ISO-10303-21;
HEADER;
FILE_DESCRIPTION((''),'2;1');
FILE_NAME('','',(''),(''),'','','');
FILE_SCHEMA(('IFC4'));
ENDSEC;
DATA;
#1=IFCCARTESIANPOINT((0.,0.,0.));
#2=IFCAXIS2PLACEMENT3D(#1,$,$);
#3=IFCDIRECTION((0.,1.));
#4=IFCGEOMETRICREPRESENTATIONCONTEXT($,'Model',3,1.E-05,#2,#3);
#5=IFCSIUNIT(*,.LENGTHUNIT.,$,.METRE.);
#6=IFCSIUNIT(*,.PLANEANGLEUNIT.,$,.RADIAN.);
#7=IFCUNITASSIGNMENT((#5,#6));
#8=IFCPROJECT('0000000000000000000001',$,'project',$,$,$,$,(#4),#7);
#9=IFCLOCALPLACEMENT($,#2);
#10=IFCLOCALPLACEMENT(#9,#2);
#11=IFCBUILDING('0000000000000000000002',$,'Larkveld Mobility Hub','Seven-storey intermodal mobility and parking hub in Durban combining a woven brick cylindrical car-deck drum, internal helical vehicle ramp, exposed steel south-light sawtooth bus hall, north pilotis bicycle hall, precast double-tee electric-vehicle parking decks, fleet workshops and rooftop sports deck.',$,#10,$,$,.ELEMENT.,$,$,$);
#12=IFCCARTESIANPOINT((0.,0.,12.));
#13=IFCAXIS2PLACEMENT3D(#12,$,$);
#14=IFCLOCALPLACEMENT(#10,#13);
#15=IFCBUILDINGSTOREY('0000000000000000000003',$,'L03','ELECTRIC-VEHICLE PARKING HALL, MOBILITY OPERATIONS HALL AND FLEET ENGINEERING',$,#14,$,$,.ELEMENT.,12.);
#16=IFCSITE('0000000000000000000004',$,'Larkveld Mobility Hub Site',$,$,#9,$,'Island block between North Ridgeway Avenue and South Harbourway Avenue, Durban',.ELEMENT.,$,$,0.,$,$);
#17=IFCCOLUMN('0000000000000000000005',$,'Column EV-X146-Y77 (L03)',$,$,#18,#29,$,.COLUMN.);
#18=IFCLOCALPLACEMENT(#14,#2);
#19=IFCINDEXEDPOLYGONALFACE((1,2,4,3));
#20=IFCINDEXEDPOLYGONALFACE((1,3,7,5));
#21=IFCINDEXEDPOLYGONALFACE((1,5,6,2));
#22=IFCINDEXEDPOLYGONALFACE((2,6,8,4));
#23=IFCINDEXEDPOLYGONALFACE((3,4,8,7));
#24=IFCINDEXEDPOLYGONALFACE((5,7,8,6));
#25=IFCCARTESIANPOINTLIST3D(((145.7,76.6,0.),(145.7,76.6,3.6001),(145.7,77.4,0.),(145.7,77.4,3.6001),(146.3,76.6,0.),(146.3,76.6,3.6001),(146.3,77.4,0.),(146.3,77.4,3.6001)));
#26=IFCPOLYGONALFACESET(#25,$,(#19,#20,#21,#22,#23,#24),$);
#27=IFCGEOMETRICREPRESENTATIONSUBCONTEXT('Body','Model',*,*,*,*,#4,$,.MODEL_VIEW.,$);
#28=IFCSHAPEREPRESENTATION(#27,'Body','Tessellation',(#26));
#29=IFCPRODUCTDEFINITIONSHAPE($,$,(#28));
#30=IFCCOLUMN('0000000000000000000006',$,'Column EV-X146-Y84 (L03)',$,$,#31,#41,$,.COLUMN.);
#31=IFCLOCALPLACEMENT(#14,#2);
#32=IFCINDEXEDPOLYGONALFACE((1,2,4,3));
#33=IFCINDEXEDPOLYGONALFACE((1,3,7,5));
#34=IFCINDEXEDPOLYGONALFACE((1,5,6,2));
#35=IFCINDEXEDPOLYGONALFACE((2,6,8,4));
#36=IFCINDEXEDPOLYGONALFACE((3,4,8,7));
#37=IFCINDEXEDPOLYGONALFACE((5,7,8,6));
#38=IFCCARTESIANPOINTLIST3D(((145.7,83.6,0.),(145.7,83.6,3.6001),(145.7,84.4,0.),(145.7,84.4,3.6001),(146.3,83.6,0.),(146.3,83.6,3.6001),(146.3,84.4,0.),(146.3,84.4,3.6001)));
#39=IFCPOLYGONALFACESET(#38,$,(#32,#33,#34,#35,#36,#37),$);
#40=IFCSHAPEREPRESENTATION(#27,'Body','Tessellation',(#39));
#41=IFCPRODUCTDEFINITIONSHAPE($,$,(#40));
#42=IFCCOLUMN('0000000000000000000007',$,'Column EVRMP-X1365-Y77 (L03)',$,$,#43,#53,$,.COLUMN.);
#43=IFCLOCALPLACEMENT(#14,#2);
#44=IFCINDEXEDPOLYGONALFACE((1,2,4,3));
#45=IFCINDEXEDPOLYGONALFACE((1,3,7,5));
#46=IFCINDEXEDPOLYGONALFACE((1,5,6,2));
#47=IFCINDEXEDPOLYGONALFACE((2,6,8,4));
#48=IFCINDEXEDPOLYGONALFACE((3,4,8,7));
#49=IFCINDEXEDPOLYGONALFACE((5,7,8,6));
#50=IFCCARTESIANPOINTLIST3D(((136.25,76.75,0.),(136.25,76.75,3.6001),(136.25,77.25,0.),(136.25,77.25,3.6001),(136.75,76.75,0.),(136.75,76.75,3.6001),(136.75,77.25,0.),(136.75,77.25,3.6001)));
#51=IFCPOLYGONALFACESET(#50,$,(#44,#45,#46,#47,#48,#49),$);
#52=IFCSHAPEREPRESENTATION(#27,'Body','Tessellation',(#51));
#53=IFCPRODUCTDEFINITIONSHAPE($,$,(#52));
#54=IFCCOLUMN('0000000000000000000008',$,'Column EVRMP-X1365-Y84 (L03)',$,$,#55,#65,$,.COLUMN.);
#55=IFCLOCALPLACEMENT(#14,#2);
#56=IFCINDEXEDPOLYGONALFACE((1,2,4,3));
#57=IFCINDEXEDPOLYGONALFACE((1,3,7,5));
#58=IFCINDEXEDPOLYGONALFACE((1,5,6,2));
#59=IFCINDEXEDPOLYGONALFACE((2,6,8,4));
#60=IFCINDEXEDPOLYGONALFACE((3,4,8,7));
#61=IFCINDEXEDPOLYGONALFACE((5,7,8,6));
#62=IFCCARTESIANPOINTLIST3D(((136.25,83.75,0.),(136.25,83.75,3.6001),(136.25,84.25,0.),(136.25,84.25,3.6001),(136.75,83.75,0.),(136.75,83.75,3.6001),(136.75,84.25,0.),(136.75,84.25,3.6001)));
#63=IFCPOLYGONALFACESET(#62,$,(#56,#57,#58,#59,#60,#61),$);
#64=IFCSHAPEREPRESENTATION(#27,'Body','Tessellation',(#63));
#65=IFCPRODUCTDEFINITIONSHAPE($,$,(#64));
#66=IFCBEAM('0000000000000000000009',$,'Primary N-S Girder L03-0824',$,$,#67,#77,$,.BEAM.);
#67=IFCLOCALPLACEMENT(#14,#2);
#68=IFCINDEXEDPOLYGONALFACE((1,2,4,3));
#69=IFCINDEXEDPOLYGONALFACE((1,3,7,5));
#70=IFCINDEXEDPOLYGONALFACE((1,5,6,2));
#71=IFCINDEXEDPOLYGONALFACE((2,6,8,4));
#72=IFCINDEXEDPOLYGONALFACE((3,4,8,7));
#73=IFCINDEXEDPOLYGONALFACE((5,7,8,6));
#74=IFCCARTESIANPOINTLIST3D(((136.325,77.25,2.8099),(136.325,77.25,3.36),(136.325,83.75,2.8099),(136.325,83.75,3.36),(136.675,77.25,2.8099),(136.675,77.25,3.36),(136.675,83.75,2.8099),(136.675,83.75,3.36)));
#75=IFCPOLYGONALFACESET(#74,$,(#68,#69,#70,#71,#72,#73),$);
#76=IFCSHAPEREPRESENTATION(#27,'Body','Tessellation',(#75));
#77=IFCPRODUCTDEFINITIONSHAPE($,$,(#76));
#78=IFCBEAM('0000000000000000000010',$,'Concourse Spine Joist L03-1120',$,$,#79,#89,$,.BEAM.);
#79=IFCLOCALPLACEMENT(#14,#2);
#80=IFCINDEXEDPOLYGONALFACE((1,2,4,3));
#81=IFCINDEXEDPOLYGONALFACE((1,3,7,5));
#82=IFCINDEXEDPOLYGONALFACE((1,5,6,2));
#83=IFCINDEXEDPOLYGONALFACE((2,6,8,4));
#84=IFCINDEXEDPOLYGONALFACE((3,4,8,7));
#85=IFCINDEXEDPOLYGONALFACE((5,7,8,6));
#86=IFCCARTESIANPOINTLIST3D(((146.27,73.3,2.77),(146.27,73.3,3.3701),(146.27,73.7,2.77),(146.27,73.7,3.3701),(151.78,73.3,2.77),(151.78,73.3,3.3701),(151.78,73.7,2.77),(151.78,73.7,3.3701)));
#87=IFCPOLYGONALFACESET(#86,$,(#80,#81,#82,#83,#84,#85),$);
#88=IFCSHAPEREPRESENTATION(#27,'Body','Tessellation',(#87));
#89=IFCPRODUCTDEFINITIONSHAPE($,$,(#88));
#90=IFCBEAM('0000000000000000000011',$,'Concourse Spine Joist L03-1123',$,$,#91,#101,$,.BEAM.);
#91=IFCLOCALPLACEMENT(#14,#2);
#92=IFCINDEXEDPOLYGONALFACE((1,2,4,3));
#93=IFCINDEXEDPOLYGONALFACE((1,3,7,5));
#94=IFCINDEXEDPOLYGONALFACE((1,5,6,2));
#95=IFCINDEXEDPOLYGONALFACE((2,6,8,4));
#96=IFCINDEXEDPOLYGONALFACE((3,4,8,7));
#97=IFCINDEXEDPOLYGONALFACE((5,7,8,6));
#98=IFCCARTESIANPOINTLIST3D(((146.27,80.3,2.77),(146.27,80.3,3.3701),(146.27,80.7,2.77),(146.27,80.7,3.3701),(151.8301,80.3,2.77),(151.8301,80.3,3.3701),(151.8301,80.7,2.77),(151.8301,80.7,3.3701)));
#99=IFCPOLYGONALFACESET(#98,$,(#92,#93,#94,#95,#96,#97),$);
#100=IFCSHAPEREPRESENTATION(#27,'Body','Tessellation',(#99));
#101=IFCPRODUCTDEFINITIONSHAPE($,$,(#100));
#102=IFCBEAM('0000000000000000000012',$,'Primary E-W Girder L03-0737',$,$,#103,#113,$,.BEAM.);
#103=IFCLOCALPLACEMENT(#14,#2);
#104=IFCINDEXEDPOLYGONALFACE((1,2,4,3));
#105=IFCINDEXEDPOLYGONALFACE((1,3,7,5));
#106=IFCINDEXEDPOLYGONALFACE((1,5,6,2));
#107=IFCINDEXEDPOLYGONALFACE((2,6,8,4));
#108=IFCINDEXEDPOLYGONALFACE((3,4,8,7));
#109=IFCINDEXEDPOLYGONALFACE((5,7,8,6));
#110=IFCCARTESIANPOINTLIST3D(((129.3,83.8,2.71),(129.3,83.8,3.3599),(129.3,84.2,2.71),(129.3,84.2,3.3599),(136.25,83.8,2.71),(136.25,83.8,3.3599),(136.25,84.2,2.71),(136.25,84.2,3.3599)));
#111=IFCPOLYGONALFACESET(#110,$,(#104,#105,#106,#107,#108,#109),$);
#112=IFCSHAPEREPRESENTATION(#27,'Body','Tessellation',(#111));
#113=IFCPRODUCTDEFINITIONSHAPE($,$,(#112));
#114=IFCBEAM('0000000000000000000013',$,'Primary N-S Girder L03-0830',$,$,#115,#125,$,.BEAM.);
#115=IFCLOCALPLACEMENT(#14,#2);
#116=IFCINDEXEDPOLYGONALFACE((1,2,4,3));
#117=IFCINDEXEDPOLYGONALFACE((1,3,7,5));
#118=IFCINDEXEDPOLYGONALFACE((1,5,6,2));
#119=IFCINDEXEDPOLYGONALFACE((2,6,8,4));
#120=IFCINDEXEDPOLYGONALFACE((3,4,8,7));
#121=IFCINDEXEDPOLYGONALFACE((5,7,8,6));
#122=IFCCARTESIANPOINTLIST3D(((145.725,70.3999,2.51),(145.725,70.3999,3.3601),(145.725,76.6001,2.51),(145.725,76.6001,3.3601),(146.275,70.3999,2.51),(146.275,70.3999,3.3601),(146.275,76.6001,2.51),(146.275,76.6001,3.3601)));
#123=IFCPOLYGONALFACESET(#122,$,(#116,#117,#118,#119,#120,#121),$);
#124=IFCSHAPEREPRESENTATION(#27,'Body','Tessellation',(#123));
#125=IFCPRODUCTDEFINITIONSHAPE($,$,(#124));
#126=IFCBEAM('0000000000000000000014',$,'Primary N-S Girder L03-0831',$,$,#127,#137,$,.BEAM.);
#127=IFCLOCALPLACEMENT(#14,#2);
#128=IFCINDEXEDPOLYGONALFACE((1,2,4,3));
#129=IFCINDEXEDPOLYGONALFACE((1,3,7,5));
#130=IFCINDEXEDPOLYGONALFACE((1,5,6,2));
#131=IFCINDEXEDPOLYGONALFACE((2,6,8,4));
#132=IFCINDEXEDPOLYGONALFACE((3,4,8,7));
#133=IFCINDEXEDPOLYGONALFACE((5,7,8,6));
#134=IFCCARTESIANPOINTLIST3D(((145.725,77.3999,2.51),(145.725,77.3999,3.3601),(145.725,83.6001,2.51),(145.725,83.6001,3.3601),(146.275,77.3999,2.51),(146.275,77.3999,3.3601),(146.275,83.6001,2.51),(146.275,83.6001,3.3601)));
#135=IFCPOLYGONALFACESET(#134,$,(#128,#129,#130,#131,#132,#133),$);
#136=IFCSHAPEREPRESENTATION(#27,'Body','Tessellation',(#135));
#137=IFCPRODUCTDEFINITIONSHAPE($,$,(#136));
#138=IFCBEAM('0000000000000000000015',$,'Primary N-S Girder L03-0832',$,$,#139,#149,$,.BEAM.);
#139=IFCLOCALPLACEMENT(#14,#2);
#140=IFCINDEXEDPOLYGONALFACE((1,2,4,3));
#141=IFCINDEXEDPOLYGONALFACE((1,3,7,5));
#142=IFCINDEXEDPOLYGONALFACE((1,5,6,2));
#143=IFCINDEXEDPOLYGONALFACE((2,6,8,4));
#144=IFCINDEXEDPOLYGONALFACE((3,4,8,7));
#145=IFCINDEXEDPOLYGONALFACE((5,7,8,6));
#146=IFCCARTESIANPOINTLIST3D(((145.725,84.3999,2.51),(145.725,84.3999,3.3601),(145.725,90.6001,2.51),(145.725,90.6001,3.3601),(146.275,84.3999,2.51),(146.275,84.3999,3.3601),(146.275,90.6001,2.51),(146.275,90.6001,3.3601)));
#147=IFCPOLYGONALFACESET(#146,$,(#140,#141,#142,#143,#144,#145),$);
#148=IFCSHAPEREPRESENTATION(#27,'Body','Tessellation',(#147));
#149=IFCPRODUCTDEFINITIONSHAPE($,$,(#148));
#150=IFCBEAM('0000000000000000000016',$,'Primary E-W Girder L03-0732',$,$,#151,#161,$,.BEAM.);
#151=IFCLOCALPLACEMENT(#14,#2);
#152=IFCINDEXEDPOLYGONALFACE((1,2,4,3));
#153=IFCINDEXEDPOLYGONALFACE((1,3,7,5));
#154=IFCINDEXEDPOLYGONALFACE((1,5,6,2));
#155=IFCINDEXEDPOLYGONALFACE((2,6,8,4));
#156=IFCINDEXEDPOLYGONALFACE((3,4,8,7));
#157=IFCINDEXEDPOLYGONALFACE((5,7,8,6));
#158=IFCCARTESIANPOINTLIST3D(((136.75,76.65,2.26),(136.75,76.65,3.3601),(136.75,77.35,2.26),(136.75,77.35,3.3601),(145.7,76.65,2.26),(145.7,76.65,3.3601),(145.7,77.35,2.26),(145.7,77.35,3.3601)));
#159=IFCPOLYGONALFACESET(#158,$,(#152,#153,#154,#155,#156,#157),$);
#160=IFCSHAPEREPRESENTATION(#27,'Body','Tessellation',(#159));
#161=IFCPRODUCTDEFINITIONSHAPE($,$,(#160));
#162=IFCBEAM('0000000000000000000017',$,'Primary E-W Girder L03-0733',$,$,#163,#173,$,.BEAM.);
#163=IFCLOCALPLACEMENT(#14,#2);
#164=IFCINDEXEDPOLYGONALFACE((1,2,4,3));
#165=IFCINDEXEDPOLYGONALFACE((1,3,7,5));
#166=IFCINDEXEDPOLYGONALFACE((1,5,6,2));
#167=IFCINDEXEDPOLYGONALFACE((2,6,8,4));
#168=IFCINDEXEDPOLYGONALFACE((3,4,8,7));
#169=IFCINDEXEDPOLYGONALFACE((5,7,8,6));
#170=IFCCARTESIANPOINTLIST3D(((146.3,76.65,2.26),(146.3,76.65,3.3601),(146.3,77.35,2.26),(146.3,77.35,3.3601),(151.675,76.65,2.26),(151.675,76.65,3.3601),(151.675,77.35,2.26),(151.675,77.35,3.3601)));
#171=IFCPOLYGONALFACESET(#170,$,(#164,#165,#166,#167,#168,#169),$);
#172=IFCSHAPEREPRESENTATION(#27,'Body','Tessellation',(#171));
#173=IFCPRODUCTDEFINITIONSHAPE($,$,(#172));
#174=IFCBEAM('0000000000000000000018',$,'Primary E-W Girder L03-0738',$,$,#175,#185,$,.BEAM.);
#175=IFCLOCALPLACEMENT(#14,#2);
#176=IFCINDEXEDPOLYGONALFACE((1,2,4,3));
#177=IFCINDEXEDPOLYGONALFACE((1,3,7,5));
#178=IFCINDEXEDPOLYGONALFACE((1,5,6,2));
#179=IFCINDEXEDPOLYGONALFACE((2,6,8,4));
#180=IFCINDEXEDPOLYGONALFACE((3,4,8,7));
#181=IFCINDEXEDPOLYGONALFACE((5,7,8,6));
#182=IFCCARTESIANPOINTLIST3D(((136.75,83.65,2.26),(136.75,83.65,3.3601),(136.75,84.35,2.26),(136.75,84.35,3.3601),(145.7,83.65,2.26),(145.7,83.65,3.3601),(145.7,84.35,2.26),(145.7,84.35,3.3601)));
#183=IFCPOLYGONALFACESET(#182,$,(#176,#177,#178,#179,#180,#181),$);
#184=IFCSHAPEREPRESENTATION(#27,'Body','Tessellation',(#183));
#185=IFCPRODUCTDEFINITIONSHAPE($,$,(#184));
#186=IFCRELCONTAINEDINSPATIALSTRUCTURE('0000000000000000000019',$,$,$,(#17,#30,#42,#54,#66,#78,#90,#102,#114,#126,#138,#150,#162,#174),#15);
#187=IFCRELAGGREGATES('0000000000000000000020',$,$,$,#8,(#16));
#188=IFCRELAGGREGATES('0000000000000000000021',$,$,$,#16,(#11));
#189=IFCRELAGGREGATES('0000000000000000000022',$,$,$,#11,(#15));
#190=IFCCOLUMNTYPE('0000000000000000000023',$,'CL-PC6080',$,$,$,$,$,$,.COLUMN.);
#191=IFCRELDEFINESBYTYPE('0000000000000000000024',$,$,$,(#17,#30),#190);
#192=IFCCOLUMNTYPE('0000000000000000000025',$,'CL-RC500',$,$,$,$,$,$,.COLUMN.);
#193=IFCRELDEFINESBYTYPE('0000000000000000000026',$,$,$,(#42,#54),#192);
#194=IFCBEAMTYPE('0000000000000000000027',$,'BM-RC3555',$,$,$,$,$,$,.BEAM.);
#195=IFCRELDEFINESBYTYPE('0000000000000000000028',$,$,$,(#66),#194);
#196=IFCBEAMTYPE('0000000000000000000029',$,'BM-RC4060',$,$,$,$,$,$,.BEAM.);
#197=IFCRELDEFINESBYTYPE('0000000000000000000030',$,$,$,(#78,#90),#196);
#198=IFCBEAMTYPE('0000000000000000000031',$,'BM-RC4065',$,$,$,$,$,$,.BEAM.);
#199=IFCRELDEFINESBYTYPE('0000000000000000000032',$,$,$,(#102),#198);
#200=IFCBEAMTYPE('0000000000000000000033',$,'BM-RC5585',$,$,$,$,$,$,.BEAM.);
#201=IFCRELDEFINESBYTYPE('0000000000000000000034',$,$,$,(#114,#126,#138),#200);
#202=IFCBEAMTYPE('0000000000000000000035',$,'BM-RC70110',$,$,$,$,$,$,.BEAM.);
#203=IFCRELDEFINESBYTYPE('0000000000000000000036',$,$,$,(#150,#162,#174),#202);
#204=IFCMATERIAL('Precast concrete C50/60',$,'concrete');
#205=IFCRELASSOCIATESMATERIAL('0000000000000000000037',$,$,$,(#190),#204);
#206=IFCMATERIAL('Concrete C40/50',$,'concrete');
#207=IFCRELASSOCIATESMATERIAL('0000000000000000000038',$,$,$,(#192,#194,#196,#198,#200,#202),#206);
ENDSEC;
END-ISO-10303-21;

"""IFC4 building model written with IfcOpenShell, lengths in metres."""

from ifc_helpers import new_model, si_unit, direction, frame, origin, origin_2d, place, context, subcontext, project, spatial, rectangle, extrude, material, material_profile, profile_set, type_object, element, save


model = new_model("IFC4")

# Units and contexts
model_context = context("Model", 3, precision=1e-05, world=origin(), true_north=direction((0.0, 1.0)))
body_context = subcontext(model_context, "Body", "Model", "MODEL_VIEW")
ifc_project = project(units=[si_unit("LENGTHUNIT", "METRE"), si_unit("PLANEANGLEUNIT", "RADIAN")], contexts=[model_context])

# Site, building, storey
site_placement = place(None, origin())
site = spatial("IfcSite", under=ifc_project, at=site_placement, Name="Larkveld Mobility Hub Site", LongName="Island block between North Ridgeway Avenue and South Harbourway Avenue, Durban", CompositionType="ELEMENT", RefElevation=0.0)
building_placement = place(site_placement, origin())
building = spatial("IfcBuilding", under=site, at=building_placement, Name="Larkveld Mobility Hub", Description="Seven-storey intermodal mobility and parking hub in Durban combining a woven brick cylindrical car-deck drum, internal helical vehicle ramp, exposed steel south-light sawtooth bus hall, north pilotis bicycle hall, precast double-tee electric-vehicle parking decks, fleet workshops and rooftop sports deck.", CompositionType="ELEMENT")
storey_placement = place(building_placement, frame((0.0, 0.0, 12.0)))
storey = spatial("IfcBuildingStorey", under=building, at=storey_placement, Name="L03", Description="ELECTRIC-VEHICLE PARKING HALL, MOBILITY OPERATIONS HALL AND FLEET ENGINEERING", CompositionType="ELEMENT", Elevation=12.0)

# Columns
ifc_material_1 = material(Name="Precast concrete C50/60", Category="concrete")
ifc_material_profile_1 = material_profile(ifc_material_1, rectangle(XDim=0.6001, YDim=0.8, at=origin_2d()), Name="RC COL 600x800")
ifc_profile_set_1 = profile_set([ifc_material_profile_1], Name="Precast concrete C50/60")
column_type_1 = type_object("IfcColumnType", Name="CL-PC6080", PredefinedType="COLUMN", material=ifc_profile_set_1)
for number, where, z_axis, x_axis, name in (
    (1, (146.0, 77.0, 0.0), (0.0, 0.0, 1.0), (1.0, 0.0, 0.0), "Column EV-X146-Y77 (L03)"),
    (2, (146.0, 84.0, 0.0), (0.0, 0.0, 1.0), (1.0, 0.0, 0.0), "Column EV-X146-Y84 (L03)"),
):
    element("IfcColumn", number, at=place(storey_placement, frame(where, z_axis=z_axis, x_axis=x_axis)), inside=storey, type_object=column_type_1, Name=name, PredefinedType="COLUMN", context=body_context, shape_type="SweptSolid", body=[
        extrude(rectangle(XDim=0.6001, YDim=0.8, at=origin_2d()), origin(), (0.0, 0.0, 1.0), 3.6001),
    ])
ifc_material_2 = material(Name="Concrete C40/50", Category="concrete")
ifc_material_profile_2 = material_profile(ifc_material_2, rectangle(XDim=0.5, YDim=0.5, at=origin_2d()), Name="RC COL 500x500")
ifc_profile_set_2 = profile_set([ifc_material_profile_2], Name="Concrete C40/50")
column_type_2 = type_object("IfcColumnType", Name="CL-RC500", PredefinedType="COLUMN", material=ifc_profile_set_2)
for number, where, z_axis, x_axis, name in (
    (3, (136.5, 77.0, 0.0), (0.0, 0.0, 1.0), (1.0, 0.0, 0.0), "Column EVRMP-X1365-Y77 (L03)"),
    (4, (136.5, 84.0, 0.0), (0.0, 0.0, 1.0), (1.0, 0.0, 0.0), "Column EVRMP-X1365-Y84 (L03)"),
):
    element("IfcColumn", number, at=place(storey_placement, frame(where, z_axis=z_axis, x_axis=x_axis)), inside=storey, type_object=column_type_2, Name=name, PredefinedType="COLUMN", context=body_context, shape_type="SweptSolid", body=[
        extrude(rectangle(XDim=0.5, YDim=0.5, at=origin_2d()), origin(), (0.0, 0.0, 1.0), 3.6001),
    ])

# Beams
ifc_material_profile_3 = material_profile(ifc_material_2, rectangle(XDim=0.3501, YDim=0.55, at=origin_2d()), Name="RC BM 350x550")
ifc_profile_set_3 = profile_set([ifc_material_profile_3], Name="Concrete C40/50")
beam_type_1 = type_object("IfcBeamType", Name="BM-RC3555", PredefinedType="BEAM", material=ifc_profile_set_3)
beam_1_placement = place(storey_placement, frame((136.5, 77.25, 3.085), z_axis=(0.0, 1.0, 0.0), x_axis=(-1.0, 0.0, 0.0)))
element("IfcBeam", 5, at=beam_1_placement, inside=storey, type_object=beam_type_1, Name="Primary N-S Girder L03-0824", PredefinedType="BEAM", context=body_context, shape_type="SweptSolid", body=[
    extrude(rectangle(XDim=0.3501, YDim=0.55, at=origin_2d()), origin(), (0.0, 0.0, 1.0), 6.5),
])
ifc_material_profile_4 = material_profile(ifc_material_2, rectangle(XDim=0.3999, YDim=0.6001, at=origin_2d()), Name="RC BM 400x600")
ifc_profile_set_4 = profile_set([ifc_material_profile_4], Name="Concrete C40/50")
beam_type_2 = type_object("IfcBeamType", Name="BM-RC4060", PredefinedType="BEAM", material=ifc_profile_set_4)
beam_2_placement = place(storey_placement, frame((146.27, 73.5, 3.0701), z_axis=(1.0, 0.0, 0.0), x_axis=(0.0, 1.0, 0.0)))
element("IfcBeam", 6, at=beam_2_placement, inside=storey, type_object=beam_type_2, Name="Concourse Spine Joist L03-1120", PredefinedType="BEAM", context=body_context, shape_type="SweptSolid", body=[
    extrude(rectangle(XDim=0.3999, YDim=0.6001, at=origin_2d()), origin(), (0.0, 0.0, 1.0), 5.51),
])
beam_3_placement = place(storey_placement, frame((146.27, 80.5, 3.0701), z_axis=(1.0, 0.0, 0.0), x_axis=(0.0, 1.0, 0.0)))
element("IfcBeam", 7, at=beam_3_placement, inside=storey, type_object=beam_type_2, Name="Concourse Spine Joist L03-1123", PredefinedType="BEAM", context=body_context, shape_type="SweptSolid", body=[
    extrude(rectangle(XDim=0.3999, YDim=0.6001, at=origin_2d()), origin(), (0.0, 0.0, 1.0), 5.5601),
])
ifc_material_profile_5 = material_profile(ifc_material_2, rectangle(XDim=0.3999, YDim=0.6499, at=origin_2d()), Name="RC BM 400x650")
ifc_profile_set_5 = profile_set([ifc_material_profile_5], Name="Concrete C40/50")
beam_type_3 = type_object("IfcBeamType", Name="BM-RC4065", PredefinedType="BEAM", material=ifc_profile_set_5)
beam_4_placement = place(storey_placement, frame((129.3, 84.0, 3.0349), z_axis=(1.0, 0.0, 0.0), x_axis=(0.0, 1.0, 0.0)))
element("IfcBeam", 8, at=beam_4_placement, inside=storey, type_object=beam_type_3, Name="Primary E-W Girder L03-0737", PredefinedType="BEAM", context=body_context, shape_type="SweptSolid", body=[
    extrude(rectangle(XDim=0.3999, YDim=0.6499, at=origin_2d()), origin(), (0.0, 0.0, 1.0), 6.95),
])
ifc_material_profile_6 = material_profile(ifc_material_2, rectangle(XDim=0.55, YDim=0.8501, at=origin_2d()), Name="RC BM 550x850")
ifc_profile_set_6 = profile_set([ifc_material_profile_6], Name="Concrete C40/50")
beam_type_4 = type_object("IfcBeamType", Name="BM-RC5585", PredefinedType="BEAM", material=ifc_profile_set_6)
for number, where, z_axis, x_axis, name in (
    (9, (146.0, 70.3999, 2.9351), (0.0, 1.0, 0.0), (-1.0, 0.0, 0.0), "Primary N-S Girder L03-0830"),
    (10, (146.0, 77.3999, 2.9351), (0.0, 1.0, 0.0), (-1.0, 0.0, 0.0), "Primary N-S Girder L03-0831"),
    (11, (146.0, 84.3999, 2.9351), (0.0, 1.0, 0.0), (-1.0, 0.0, 0.0), "Primary N-S Girder L03-0832"),
):
    element("IfcBeam", number, at=place(storey_placement, frame(where, z_axis=z_axis, x_axis=x_axis)), inside=storey, type_object=beam_type_4, Name=name, PredefinedType="BEAM", context=body_context, shape_type="SweptSolid", body=[
        extrude(rectangle(XDim=0.55, YDim=0.8501, at=origin_2d()), origin(), (0.0, 0.0, 1.0), 6.2002),
    ])
ifc_material_profile_7 = material_profile(ifc_material_2, rectangle(XDim=0.7, YDim=1.1001, at=origin_2d()), Name="RC BM 700x1100")
ifc_profile_set_7 = profile_set([ifc_material_profile_7], Name="Concrete C40/50")
beam_type_5 = type_object("IfcBeamType", Name="BM-RC70110", PredefinedType="BEAM", material=ifc_profile_set_7)
beam_5_placement = place(storey_placement, frame((136.75, 77.0, 2.8101), z_axis=(1.0, 0.0, 0.0), x_axis=(0.0, 1.0, 0.0)))
element("IfcBeam", 12, at=beam_5_placement, inside=storey, type_object=beam_type_5, Name="Primary E-W Girder L03-0732", PredefinedType="BEAM", context=body_context, shape_type="SweptSolid", body=[
    extrude(rectangle(XDim=0.7, YDim=1.1001, at=origin_2d()), origin(), (0.0, 0.0, 1.0), 8.95),
])
beam_6_placement = place(storey_placement, frame((146.3, 77.0, 2.8101), z_axis=(1.0, 0.0, 0.0), x_axis=(0.0, 1.0, 0.0)))
element("IfcBeam", 13, at=beam_6_placement, inside=storey, type_object=beam_type_5, Name="Primary E-W Girder L03-0733", PredefinedType="BEAM", context=body_context, shape_type="SweptSolid", body=[
    extrude(rectangle(XDim=0.7, YDim=1.1001, at=origin_2d()), origin(), (0.0, 0.0, 1.0), 5.375),
])
beam_7_placement = place(storey_placement, frame((136.75, 84.0, 2.8101), z_axis=(1.0, 0.0, 0.0), x_axis=(0.0, 1.0, 0.0)))
element("IfcBeam", 14, at=beam_7_placement, inside=storey, type_object=beam_type_5, Name="Primary E-W Girder L03-0738", PredefinedType="BEAM", context=body_context, shape_type="SweptSolid", body=[
    extrude(rectangle(XDim=0.7, YDim=1.1001, at=origin_2d()), origin(), (0.0, 0.0, 1.0), 8.95),
])

save(model, "model.ifc")
